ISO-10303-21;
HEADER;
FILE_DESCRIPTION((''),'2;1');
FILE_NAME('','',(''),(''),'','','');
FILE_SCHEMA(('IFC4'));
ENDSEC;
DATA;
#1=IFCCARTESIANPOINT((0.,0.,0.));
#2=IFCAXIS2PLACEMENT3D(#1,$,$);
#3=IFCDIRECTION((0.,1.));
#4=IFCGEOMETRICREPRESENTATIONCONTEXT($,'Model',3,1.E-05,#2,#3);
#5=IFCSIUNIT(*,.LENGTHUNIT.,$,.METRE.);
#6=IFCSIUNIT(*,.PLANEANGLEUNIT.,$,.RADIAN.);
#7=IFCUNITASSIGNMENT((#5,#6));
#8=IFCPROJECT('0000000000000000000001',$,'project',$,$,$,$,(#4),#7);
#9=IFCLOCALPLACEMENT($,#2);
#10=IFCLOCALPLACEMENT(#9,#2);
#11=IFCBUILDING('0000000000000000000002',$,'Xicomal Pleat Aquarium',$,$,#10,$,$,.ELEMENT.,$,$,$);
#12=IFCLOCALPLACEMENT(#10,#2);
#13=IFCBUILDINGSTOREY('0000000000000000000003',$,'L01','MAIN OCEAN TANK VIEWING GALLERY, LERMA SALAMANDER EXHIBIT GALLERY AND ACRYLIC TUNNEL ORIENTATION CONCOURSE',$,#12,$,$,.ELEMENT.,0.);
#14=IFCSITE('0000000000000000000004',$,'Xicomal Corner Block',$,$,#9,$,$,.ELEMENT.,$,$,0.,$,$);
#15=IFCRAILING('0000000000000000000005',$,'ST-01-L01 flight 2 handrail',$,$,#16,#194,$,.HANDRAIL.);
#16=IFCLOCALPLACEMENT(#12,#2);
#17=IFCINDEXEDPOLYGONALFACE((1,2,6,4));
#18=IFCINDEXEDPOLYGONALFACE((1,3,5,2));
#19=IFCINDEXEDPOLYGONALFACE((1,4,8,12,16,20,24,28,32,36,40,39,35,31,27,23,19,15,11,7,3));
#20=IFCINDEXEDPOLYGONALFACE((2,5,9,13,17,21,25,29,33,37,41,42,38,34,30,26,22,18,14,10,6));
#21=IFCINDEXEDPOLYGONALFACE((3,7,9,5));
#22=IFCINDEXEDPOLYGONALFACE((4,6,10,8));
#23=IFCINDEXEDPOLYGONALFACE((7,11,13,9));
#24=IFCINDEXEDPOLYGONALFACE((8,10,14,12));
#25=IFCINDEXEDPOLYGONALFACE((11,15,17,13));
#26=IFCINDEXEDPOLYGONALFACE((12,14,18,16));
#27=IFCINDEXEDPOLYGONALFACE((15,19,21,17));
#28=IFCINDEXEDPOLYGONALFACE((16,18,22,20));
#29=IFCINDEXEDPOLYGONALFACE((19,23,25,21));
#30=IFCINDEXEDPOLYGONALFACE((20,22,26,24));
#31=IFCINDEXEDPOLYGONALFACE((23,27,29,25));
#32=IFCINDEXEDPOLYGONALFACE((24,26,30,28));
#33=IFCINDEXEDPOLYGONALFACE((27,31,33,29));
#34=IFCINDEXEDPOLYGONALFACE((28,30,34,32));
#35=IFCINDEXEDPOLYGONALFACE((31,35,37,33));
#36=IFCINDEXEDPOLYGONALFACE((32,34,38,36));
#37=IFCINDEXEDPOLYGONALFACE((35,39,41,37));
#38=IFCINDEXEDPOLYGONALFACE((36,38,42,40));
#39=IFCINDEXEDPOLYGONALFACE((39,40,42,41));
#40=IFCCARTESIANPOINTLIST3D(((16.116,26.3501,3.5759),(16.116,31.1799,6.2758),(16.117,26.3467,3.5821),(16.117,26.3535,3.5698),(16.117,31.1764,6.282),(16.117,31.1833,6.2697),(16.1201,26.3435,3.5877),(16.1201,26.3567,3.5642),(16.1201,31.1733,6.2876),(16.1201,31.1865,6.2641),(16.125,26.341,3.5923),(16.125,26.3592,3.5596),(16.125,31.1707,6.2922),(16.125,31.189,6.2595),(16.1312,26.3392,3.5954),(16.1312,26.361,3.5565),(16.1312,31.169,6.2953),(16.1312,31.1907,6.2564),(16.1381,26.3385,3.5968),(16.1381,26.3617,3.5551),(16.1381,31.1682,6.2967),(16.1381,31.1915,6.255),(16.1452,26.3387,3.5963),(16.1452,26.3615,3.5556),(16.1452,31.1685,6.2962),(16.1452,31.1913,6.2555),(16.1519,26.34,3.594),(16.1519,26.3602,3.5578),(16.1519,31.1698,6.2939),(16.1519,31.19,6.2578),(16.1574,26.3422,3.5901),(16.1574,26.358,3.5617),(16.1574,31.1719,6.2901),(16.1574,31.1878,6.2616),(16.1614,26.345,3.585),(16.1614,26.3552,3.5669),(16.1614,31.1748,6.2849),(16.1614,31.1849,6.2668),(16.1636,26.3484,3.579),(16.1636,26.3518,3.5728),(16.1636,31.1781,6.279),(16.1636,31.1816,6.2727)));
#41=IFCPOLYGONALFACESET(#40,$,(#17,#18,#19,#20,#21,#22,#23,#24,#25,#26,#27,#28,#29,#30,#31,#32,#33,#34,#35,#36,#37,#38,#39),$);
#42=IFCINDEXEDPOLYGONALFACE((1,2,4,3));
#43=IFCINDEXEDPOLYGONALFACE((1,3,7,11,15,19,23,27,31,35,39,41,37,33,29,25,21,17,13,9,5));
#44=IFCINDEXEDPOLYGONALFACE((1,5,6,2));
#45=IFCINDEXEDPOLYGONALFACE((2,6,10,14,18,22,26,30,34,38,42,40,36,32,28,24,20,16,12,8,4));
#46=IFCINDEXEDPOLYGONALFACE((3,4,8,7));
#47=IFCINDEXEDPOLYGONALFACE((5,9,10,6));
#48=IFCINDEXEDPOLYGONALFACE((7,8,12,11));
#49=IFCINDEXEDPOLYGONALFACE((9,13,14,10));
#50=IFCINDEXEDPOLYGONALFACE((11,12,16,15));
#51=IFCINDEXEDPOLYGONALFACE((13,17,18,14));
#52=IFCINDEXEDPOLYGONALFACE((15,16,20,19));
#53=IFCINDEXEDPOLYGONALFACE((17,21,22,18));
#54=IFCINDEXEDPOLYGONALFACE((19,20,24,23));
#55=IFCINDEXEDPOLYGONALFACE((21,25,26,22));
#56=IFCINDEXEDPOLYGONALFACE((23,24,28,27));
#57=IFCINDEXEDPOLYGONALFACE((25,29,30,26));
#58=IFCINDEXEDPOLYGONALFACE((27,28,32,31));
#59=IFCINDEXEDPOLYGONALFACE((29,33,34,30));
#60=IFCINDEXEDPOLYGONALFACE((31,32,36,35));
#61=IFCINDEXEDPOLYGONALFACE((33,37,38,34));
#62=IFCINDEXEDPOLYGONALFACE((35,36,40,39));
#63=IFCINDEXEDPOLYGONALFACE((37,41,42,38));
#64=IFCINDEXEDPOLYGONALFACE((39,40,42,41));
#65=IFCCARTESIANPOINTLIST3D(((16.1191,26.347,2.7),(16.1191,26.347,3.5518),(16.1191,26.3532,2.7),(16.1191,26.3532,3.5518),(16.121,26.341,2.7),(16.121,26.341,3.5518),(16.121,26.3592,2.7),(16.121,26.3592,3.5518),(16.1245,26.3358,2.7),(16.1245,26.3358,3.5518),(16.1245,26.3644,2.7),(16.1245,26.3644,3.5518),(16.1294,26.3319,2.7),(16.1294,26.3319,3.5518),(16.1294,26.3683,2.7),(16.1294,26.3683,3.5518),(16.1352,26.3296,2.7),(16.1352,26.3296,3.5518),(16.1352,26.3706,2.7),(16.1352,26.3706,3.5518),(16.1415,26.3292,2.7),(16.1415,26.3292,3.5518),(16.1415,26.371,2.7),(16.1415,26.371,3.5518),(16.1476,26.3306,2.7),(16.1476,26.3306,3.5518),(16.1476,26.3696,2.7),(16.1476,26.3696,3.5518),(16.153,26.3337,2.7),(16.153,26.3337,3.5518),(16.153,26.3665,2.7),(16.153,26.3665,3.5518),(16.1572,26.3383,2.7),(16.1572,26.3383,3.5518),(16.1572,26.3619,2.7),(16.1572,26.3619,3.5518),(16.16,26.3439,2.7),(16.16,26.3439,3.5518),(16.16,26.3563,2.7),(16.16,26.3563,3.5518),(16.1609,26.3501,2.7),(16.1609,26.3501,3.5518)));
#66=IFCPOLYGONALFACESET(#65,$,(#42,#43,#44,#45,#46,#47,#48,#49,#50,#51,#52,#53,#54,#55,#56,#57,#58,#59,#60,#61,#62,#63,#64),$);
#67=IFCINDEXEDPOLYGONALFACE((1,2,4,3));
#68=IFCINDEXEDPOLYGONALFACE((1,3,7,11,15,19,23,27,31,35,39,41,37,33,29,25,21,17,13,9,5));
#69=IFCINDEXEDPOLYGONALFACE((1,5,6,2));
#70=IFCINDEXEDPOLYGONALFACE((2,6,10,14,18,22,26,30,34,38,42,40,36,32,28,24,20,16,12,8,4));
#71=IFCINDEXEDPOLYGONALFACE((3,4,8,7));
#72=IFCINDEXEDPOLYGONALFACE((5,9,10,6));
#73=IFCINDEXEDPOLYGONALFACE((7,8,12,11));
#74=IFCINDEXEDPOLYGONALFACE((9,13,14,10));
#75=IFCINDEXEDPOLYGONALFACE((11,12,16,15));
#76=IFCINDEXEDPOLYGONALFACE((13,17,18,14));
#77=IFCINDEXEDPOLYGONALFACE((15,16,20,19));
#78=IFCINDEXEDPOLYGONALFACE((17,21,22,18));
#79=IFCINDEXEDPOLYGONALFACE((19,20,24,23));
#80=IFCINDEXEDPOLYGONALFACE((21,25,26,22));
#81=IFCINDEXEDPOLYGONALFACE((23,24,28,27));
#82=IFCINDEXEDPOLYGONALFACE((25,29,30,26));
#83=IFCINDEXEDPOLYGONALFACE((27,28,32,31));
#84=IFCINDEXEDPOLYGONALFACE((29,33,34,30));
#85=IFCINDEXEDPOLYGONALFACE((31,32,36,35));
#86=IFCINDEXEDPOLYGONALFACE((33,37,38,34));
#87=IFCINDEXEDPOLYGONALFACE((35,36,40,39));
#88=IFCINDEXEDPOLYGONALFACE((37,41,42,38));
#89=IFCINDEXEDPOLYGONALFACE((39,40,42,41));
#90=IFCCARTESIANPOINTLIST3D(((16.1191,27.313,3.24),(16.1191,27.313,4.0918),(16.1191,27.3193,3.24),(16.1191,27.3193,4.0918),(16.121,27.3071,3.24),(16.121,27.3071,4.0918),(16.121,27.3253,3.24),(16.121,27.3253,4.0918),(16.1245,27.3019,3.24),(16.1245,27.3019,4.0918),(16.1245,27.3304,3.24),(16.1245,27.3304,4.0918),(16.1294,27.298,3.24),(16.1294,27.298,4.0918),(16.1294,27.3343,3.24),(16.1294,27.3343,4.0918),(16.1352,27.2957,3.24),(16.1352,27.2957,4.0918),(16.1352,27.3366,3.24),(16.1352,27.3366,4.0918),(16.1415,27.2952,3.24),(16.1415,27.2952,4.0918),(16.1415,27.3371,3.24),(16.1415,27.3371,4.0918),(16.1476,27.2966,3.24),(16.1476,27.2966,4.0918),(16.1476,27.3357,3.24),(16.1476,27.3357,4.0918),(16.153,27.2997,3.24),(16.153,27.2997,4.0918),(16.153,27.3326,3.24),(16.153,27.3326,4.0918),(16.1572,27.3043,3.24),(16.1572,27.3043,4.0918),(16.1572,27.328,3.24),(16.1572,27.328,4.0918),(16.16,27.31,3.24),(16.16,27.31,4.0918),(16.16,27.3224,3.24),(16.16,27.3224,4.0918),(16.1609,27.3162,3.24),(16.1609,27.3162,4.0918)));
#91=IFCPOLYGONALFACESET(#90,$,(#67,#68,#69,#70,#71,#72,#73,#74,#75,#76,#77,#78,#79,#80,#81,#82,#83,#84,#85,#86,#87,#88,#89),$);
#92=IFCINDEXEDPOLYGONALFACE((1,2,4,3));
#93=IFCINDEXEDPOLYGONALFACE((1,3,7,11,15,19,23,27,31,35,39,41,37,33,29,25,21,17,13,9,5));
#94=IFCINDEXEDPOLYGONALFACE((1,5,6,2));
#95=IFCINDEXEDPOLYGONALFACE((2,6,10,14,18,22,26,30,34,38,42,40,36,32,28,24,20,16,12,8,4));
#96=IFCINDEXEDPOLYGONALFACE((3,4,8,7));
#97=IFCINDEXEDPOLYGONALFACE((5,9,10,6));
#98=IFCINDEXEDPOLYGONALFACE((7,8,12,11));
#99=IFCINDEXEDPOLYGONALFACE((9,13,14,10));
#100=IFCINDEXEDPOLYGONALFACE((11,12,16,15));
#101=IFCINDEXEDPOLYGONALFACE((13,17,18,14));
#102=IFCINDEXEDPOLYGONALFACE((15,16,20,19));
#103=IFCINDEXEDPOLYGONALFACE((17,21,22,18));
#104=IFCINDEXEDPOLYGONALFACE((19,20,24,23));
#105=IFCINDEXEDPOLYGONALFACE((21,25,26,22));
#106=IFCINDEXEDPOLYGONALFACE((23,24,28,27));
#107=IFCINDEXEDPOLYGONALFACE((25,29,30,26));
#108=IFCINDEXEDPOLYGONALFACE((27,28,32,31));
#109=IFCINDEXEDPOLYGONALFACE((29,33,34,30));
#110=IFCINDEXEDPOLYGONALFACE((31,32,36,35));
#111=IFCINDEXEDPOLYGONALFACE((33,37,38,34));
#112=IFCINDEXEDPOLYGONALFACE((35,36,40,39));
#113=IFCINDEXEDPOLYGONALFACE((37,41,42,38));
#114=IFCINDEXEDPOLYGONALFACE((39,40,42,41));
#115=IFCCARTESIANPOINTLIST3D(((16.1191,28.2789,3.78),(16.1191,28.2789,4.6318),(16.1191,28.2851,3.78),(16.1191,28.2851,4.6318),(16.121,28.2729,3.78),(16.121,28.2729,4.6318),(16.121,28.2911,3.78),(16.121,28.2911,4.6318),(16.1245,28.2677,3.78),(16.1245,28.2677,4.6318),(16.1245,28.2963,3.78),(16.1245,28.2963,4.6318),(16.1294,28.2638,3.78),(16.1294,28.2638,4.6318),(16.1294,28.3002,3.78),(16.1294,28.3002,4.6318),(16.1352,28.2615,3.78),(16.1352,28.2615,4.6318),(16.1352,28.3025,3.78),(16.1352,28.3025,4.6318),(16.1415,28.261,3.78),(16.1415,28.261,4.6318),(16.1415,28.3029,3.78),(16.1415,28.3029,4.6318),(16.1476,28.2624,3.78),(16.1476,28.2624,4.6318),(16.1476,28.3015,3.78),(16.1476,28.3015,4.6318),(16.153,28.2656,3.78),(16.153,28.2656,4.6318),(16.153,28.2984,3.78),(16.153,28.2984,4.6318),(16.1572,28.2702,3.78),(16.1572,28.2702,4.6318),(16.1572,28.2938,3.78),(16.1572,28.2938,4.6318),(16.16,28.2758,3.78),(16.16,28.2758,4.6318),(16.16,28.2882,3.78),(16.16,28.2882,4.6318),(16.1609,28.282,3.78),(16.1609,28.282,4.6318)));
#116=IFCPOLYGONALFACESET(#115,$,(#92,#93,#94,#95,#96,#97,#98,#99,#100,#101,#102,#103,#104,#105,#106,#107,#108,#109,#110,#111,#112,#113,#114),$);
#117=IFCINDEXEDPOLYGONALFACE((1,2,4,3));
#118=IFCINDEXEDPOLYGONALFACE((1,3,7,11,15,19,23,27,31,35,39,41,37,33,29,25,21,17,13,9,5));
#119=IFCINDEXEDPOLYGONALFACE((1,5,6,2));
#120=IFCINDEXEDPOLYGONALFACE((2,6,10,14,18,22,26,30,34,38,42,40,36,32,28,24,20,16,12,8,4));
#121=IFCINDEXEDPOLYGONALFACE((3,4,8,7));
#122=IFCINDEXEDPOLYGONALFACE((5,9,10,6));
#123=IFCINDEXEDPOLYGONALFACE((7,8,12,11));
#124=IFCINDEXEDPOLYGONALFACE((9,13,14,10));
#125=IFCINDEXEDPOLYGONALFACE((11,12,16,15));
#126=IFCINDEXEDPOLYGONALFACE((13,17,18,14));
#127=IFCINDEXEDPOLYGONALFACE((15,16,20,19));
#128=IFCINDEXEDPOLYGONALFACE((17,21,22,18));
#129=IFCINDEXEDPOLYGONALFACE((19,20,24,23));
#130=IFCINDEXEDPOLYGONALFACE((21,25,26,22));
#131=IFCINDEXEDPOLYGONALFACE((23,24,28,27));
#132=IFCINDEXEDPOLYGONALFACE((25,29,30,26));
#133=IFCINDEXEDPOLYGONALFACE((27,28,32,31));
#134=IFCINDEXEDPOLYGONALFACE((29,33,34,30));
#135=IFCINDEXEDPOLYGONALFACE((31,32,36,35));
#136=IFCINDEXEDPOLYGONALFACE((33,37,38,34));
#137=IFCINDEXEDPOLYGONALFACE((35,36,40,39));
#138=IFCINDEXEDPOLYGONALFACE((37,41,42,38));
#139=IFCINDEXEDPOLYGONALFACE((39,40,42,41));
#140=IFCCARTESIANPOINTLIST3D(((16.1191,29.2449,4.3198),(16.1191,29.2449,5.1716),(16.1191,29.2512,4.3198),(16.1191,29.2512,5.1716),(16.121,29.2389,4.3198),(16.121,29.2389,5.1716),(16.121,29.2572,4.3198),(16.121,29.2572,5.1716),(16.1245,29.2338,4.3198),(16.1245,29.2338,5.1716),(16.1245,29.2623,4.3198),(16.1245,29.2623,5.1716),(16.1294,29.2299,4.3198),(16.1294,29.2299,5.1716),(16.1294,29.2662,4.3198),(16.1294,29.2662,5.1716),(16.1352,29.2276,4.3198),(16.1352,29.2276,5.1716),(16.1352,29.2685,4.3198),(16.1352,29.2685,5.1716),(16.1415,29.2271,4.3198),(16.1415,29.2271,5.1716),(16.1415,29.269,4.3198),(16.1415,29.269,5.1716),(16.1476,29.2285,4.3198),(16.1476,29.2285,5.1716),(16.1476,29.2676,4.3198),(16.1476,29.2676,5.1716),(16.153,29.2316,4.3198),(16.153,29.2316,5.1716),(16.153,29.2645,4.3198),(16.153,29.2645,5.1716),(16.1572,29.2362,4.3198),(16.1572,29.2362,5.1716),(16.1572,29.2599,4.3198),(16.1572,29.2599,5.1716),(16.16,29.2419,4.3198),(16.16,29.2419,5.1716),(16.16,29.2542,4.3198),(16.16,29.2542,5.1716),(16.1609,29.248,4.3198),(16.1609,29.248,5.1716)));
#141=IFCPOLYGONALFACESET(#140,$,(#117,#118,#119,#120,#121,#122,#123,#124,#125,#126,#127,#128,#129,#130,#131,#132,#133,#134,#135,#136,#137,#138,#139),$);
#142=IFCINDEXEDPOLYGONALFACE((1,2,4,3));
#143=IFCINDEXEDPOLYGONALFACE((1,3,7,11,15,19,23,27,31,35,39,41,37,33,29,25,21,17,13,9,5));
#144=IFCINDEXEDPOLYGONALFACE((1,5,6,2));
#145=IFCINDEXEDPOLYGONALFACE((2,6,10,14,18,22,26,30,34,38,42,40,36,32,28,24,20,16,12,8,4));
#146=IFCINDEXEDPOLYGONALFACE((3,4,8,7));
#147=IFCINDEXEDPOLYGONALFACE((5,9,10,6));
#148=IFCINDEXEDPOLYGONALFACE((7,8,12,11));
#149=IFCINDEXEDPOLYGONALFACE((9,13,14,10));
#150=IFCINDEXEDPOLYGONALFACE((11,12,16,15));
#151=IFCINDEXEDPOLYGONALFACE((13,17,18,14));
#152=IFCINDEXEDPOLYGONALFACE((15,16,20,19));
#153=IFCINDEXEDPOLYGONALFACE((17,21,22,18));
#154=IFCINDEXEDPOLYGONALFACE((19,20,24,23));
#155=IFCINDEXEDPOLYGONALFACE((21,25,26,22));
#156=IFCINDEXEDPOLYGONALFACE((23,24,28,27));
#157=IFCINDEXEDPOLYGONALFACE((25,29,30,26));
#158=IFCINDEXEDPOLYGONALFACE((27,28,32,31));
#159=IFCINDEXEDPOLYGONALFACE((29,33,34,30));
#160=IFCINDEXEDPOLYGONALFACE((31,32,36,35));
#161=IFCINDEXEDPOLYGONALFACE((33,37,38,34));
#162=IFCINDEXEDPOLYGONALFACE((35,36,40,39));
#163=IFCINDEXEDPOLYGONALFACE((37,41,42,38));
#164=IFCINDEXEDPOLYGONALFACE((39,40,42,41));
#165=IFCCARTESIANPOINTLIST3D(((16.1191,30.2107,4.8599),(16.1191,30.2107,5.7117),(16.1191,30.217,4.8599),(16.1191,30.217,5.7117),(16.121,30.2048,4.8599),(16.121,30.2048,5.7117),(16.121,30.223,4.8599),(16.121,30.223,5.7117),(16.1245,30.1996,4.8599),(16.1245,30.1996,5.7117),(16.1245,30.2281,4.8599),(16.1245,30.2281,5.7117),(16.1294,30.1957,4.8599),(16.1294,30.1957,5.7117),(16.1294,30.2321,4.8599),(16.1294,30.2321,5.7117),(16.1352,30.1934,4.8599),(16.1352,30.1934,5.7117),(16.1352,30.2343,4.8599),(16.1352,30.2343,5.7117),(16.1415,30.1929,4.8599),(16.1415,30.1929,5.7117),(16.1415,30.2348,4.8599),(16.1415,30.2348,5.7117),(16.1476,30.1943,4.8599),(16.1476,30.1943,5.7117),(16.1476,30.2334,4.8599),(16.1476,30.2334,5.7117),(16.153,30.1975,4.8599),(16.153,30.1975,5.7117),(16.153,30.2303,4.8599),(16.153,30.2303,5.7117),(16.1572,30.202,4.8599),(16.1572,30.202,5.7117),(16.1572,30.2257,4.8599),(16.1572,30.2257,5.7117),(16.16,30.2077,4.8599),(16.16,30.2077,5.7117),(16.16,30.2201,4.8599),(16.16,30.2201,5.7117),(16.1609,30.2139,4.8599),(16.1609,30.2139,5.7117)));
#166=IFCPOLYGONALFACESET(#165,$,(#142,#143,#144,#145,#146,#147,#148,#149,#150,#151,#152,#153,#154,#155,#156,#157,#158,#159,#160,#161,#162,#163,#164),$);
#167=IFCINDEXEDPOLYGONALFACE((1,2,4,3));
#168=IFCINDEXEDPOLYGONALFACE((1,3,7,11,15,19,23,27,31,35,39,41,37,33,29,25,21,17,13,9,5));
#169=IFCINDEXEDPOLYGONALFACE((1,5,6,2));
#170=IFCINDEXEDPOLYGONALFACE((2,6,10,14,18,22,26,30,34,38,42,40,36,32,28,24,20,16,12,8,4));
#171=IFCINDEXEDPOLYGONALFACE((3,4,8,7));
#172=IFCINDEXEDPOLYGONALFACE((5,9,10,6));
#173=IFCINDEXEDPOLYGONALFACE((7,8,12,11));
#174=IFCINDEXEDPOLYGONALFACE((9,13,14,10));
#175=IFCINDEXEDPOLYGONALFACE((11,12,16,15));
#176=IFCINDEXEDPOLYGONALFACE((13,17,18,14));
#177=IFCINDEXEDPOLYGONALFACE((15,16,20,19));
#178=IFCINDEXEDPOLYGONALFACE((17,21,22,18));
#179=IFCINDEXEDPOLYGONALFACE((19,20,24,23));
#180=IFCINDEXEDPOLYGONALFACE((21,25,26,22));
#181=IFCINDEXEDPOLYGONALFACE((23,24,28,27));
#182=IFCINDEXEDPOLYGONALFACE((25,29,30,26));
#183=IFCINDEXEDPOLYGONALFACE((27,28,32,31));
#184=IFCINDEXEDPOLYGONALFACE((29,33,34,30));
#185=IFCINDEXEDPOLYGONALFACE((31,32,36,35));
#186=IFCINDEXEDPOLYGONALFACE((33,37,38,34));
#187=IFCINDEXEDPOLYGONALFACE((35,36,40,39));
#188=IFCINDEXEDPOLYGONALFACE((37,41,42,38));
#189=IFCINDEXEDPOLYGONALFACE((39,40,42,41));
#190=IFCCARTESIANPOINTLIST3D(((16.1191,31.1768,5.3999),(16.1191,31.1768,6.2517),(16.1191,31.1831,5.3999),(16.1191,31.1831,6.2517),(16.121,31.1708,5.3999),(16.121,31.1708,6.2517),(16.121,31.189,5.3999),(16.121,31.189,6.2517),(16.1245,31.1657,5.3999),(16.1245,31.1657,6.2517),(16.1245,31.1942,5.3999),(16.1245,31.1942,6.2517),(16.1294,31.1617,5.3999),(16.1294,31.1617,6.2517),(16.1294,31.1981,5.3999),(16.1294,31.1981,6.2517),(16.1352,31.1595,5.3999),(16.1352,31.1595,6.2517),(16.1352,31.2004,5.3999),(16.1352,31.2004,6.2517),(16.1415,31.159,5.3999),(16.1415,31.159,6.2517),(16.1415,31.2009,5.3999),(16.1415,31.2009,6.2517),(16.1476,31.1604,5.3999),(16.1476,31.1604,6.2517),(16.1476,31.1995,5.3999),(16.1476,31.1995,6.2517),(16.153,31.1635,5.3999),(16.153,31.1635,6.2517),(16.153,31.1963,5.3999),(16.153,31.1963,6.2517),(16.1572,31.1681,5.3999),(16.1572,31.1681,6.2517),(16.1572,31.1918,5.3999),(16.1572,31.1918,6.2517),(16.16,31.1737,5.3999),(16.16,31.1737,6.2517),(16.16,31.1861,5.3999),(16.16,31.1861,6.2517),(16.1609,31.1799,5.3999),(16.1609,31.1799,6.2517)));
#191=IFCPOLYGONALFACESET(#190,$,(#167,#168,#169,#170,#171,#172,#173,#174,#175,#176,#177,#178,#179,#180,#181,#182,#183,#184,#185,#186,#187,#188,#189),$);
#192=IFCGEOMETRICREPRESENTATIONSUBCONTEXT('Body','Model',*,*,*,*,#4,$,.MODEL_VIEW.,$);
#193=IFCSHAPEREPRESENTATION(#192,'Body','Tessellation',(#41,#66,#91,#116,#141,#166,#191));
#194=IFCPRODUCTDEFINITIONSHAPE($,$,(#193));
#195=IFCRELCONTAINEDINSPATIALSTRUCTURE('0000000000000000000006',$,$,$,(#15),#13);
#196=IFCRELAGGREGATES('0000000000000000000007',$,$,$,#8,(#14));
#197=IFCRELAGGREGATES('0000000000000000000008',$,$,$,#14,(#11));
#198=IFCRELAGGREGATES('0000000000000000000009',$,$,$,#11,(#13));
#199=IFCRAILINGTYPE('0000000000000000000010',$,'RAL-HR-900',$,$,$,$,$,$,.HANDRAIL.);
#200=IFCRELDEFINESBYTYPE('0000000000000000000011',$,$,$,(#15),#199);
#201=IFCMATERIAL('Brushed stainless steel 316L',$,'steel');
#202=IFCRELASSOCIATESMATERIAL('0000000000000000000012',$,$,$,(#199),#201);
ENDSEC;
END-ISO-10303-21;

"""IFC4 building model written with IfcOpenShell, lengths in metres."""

from ifc_helpers import new_model, si_unit, direction, frame, origin, origin_2d, place, context, subcontext, project, spatial, circle, extrude, material, type_object, element, save


model = new_model("IFC4")

# Units and contexts
model_context = context("Model", 3, precision=1e-05, world=origin(), true_north=direction((0.0, 1.0)))
body_context = subcontext(model_context, "Body", "Model", "MODEL_VIEW")
ifc_project = project(units=[si_unit("LENGTHUNIT", "METRE"), si_unit("PLANEANGLEUNIT", "RADIAN")], contexts=[model_context])

# Site, building, storey
site_placement = place(None, origin())
site = spatial("IfcSite", under=ifc_project, at=site_placement, Name="Xicomal Corner Block", CompositionType="ELEMENT", RefElevation=0.0)
building_placement = place(site_placement, origin())
building = spatial("IfcBuilding", under=site, at=building_placement, Name="Xicomal Pleat Aquarium", CompositionType="ELEMENT")
storey_placement = place(building_placement, origin())
storey = spatial("IfcBuildingStorey", under=building, at=storey_placement, Name="L01", Description="MAIN OCEAN TANK VIEWING GALLERY, LERMA SALAMANDER EXHIBIT GALLERY AND ACRYLIC TUNNEL ORIENTATION CONCOURSE", CompositionType="ELEMENT", Elevation=0.0)

# Railing
ifc_material_1 = material(Name="Brushed stainless steel 316L", Category="steel")
railing_type = type_object("IfcRailingType", Name="RAL-HR-900", PredefinedType="HANDRAIL", material=ifc_material_1)
railing_placement = place(storey_placement, frame((16.1399, 26.3501, 2.7)))
element("IfcRailing", 1, at=railing_placement, inside=storey, type_object=railing_type, Name="ST-01-L01 flight 2 handrail", PredefinedType="HANDRAIL", context=body_context, shape_type="SweptSolid", body=[
    extrude(circle(Radius=0.0239, at=origin_2d()), frame((0.0, 0.0, 0.876), z_axis=(0.0, 0.872872, 0.487949), x_axis=(-1.0, 0.0, 0.0)), (0.0, 0.0, 1.0), 5.5332),
    extrude(circle(Radius=0.021, at=origin_2d()), origin(), (0.0, 0.0, 1.0), 0.8518),
    extrude(circle(Radius=0.021, at=origin_2d()), frame((0.0, 0.9661, 0.54)), (0.0, 0.0, 1.0), 0.8518),
    extrude(circle(Radius=0.021, at=origin_2d()), frame((0.0, 1.9319, 1.0801)), (0.0, 0.0, 1.0), 0.8518),
    extrude(circle(Radius=0.021, at=origin_2d()), frame((0.0, 2.8979, 1.6199)), (0.0, 0.0, 1.0), 0.8518),
    extrude(circle(Radius=0.021, at=origin_2d()), frame((0.0, 3.8638, 2.1599)), (0.0, 0.0, 1.0), 0.8518),
    extrude(circle(Radius=0.021, at=origin_2d()), frame((0.0, 4.8298, 2.7)), (0.0, 0.0, 1.0), 0.8518),
])

save(model, "model.ifc")
